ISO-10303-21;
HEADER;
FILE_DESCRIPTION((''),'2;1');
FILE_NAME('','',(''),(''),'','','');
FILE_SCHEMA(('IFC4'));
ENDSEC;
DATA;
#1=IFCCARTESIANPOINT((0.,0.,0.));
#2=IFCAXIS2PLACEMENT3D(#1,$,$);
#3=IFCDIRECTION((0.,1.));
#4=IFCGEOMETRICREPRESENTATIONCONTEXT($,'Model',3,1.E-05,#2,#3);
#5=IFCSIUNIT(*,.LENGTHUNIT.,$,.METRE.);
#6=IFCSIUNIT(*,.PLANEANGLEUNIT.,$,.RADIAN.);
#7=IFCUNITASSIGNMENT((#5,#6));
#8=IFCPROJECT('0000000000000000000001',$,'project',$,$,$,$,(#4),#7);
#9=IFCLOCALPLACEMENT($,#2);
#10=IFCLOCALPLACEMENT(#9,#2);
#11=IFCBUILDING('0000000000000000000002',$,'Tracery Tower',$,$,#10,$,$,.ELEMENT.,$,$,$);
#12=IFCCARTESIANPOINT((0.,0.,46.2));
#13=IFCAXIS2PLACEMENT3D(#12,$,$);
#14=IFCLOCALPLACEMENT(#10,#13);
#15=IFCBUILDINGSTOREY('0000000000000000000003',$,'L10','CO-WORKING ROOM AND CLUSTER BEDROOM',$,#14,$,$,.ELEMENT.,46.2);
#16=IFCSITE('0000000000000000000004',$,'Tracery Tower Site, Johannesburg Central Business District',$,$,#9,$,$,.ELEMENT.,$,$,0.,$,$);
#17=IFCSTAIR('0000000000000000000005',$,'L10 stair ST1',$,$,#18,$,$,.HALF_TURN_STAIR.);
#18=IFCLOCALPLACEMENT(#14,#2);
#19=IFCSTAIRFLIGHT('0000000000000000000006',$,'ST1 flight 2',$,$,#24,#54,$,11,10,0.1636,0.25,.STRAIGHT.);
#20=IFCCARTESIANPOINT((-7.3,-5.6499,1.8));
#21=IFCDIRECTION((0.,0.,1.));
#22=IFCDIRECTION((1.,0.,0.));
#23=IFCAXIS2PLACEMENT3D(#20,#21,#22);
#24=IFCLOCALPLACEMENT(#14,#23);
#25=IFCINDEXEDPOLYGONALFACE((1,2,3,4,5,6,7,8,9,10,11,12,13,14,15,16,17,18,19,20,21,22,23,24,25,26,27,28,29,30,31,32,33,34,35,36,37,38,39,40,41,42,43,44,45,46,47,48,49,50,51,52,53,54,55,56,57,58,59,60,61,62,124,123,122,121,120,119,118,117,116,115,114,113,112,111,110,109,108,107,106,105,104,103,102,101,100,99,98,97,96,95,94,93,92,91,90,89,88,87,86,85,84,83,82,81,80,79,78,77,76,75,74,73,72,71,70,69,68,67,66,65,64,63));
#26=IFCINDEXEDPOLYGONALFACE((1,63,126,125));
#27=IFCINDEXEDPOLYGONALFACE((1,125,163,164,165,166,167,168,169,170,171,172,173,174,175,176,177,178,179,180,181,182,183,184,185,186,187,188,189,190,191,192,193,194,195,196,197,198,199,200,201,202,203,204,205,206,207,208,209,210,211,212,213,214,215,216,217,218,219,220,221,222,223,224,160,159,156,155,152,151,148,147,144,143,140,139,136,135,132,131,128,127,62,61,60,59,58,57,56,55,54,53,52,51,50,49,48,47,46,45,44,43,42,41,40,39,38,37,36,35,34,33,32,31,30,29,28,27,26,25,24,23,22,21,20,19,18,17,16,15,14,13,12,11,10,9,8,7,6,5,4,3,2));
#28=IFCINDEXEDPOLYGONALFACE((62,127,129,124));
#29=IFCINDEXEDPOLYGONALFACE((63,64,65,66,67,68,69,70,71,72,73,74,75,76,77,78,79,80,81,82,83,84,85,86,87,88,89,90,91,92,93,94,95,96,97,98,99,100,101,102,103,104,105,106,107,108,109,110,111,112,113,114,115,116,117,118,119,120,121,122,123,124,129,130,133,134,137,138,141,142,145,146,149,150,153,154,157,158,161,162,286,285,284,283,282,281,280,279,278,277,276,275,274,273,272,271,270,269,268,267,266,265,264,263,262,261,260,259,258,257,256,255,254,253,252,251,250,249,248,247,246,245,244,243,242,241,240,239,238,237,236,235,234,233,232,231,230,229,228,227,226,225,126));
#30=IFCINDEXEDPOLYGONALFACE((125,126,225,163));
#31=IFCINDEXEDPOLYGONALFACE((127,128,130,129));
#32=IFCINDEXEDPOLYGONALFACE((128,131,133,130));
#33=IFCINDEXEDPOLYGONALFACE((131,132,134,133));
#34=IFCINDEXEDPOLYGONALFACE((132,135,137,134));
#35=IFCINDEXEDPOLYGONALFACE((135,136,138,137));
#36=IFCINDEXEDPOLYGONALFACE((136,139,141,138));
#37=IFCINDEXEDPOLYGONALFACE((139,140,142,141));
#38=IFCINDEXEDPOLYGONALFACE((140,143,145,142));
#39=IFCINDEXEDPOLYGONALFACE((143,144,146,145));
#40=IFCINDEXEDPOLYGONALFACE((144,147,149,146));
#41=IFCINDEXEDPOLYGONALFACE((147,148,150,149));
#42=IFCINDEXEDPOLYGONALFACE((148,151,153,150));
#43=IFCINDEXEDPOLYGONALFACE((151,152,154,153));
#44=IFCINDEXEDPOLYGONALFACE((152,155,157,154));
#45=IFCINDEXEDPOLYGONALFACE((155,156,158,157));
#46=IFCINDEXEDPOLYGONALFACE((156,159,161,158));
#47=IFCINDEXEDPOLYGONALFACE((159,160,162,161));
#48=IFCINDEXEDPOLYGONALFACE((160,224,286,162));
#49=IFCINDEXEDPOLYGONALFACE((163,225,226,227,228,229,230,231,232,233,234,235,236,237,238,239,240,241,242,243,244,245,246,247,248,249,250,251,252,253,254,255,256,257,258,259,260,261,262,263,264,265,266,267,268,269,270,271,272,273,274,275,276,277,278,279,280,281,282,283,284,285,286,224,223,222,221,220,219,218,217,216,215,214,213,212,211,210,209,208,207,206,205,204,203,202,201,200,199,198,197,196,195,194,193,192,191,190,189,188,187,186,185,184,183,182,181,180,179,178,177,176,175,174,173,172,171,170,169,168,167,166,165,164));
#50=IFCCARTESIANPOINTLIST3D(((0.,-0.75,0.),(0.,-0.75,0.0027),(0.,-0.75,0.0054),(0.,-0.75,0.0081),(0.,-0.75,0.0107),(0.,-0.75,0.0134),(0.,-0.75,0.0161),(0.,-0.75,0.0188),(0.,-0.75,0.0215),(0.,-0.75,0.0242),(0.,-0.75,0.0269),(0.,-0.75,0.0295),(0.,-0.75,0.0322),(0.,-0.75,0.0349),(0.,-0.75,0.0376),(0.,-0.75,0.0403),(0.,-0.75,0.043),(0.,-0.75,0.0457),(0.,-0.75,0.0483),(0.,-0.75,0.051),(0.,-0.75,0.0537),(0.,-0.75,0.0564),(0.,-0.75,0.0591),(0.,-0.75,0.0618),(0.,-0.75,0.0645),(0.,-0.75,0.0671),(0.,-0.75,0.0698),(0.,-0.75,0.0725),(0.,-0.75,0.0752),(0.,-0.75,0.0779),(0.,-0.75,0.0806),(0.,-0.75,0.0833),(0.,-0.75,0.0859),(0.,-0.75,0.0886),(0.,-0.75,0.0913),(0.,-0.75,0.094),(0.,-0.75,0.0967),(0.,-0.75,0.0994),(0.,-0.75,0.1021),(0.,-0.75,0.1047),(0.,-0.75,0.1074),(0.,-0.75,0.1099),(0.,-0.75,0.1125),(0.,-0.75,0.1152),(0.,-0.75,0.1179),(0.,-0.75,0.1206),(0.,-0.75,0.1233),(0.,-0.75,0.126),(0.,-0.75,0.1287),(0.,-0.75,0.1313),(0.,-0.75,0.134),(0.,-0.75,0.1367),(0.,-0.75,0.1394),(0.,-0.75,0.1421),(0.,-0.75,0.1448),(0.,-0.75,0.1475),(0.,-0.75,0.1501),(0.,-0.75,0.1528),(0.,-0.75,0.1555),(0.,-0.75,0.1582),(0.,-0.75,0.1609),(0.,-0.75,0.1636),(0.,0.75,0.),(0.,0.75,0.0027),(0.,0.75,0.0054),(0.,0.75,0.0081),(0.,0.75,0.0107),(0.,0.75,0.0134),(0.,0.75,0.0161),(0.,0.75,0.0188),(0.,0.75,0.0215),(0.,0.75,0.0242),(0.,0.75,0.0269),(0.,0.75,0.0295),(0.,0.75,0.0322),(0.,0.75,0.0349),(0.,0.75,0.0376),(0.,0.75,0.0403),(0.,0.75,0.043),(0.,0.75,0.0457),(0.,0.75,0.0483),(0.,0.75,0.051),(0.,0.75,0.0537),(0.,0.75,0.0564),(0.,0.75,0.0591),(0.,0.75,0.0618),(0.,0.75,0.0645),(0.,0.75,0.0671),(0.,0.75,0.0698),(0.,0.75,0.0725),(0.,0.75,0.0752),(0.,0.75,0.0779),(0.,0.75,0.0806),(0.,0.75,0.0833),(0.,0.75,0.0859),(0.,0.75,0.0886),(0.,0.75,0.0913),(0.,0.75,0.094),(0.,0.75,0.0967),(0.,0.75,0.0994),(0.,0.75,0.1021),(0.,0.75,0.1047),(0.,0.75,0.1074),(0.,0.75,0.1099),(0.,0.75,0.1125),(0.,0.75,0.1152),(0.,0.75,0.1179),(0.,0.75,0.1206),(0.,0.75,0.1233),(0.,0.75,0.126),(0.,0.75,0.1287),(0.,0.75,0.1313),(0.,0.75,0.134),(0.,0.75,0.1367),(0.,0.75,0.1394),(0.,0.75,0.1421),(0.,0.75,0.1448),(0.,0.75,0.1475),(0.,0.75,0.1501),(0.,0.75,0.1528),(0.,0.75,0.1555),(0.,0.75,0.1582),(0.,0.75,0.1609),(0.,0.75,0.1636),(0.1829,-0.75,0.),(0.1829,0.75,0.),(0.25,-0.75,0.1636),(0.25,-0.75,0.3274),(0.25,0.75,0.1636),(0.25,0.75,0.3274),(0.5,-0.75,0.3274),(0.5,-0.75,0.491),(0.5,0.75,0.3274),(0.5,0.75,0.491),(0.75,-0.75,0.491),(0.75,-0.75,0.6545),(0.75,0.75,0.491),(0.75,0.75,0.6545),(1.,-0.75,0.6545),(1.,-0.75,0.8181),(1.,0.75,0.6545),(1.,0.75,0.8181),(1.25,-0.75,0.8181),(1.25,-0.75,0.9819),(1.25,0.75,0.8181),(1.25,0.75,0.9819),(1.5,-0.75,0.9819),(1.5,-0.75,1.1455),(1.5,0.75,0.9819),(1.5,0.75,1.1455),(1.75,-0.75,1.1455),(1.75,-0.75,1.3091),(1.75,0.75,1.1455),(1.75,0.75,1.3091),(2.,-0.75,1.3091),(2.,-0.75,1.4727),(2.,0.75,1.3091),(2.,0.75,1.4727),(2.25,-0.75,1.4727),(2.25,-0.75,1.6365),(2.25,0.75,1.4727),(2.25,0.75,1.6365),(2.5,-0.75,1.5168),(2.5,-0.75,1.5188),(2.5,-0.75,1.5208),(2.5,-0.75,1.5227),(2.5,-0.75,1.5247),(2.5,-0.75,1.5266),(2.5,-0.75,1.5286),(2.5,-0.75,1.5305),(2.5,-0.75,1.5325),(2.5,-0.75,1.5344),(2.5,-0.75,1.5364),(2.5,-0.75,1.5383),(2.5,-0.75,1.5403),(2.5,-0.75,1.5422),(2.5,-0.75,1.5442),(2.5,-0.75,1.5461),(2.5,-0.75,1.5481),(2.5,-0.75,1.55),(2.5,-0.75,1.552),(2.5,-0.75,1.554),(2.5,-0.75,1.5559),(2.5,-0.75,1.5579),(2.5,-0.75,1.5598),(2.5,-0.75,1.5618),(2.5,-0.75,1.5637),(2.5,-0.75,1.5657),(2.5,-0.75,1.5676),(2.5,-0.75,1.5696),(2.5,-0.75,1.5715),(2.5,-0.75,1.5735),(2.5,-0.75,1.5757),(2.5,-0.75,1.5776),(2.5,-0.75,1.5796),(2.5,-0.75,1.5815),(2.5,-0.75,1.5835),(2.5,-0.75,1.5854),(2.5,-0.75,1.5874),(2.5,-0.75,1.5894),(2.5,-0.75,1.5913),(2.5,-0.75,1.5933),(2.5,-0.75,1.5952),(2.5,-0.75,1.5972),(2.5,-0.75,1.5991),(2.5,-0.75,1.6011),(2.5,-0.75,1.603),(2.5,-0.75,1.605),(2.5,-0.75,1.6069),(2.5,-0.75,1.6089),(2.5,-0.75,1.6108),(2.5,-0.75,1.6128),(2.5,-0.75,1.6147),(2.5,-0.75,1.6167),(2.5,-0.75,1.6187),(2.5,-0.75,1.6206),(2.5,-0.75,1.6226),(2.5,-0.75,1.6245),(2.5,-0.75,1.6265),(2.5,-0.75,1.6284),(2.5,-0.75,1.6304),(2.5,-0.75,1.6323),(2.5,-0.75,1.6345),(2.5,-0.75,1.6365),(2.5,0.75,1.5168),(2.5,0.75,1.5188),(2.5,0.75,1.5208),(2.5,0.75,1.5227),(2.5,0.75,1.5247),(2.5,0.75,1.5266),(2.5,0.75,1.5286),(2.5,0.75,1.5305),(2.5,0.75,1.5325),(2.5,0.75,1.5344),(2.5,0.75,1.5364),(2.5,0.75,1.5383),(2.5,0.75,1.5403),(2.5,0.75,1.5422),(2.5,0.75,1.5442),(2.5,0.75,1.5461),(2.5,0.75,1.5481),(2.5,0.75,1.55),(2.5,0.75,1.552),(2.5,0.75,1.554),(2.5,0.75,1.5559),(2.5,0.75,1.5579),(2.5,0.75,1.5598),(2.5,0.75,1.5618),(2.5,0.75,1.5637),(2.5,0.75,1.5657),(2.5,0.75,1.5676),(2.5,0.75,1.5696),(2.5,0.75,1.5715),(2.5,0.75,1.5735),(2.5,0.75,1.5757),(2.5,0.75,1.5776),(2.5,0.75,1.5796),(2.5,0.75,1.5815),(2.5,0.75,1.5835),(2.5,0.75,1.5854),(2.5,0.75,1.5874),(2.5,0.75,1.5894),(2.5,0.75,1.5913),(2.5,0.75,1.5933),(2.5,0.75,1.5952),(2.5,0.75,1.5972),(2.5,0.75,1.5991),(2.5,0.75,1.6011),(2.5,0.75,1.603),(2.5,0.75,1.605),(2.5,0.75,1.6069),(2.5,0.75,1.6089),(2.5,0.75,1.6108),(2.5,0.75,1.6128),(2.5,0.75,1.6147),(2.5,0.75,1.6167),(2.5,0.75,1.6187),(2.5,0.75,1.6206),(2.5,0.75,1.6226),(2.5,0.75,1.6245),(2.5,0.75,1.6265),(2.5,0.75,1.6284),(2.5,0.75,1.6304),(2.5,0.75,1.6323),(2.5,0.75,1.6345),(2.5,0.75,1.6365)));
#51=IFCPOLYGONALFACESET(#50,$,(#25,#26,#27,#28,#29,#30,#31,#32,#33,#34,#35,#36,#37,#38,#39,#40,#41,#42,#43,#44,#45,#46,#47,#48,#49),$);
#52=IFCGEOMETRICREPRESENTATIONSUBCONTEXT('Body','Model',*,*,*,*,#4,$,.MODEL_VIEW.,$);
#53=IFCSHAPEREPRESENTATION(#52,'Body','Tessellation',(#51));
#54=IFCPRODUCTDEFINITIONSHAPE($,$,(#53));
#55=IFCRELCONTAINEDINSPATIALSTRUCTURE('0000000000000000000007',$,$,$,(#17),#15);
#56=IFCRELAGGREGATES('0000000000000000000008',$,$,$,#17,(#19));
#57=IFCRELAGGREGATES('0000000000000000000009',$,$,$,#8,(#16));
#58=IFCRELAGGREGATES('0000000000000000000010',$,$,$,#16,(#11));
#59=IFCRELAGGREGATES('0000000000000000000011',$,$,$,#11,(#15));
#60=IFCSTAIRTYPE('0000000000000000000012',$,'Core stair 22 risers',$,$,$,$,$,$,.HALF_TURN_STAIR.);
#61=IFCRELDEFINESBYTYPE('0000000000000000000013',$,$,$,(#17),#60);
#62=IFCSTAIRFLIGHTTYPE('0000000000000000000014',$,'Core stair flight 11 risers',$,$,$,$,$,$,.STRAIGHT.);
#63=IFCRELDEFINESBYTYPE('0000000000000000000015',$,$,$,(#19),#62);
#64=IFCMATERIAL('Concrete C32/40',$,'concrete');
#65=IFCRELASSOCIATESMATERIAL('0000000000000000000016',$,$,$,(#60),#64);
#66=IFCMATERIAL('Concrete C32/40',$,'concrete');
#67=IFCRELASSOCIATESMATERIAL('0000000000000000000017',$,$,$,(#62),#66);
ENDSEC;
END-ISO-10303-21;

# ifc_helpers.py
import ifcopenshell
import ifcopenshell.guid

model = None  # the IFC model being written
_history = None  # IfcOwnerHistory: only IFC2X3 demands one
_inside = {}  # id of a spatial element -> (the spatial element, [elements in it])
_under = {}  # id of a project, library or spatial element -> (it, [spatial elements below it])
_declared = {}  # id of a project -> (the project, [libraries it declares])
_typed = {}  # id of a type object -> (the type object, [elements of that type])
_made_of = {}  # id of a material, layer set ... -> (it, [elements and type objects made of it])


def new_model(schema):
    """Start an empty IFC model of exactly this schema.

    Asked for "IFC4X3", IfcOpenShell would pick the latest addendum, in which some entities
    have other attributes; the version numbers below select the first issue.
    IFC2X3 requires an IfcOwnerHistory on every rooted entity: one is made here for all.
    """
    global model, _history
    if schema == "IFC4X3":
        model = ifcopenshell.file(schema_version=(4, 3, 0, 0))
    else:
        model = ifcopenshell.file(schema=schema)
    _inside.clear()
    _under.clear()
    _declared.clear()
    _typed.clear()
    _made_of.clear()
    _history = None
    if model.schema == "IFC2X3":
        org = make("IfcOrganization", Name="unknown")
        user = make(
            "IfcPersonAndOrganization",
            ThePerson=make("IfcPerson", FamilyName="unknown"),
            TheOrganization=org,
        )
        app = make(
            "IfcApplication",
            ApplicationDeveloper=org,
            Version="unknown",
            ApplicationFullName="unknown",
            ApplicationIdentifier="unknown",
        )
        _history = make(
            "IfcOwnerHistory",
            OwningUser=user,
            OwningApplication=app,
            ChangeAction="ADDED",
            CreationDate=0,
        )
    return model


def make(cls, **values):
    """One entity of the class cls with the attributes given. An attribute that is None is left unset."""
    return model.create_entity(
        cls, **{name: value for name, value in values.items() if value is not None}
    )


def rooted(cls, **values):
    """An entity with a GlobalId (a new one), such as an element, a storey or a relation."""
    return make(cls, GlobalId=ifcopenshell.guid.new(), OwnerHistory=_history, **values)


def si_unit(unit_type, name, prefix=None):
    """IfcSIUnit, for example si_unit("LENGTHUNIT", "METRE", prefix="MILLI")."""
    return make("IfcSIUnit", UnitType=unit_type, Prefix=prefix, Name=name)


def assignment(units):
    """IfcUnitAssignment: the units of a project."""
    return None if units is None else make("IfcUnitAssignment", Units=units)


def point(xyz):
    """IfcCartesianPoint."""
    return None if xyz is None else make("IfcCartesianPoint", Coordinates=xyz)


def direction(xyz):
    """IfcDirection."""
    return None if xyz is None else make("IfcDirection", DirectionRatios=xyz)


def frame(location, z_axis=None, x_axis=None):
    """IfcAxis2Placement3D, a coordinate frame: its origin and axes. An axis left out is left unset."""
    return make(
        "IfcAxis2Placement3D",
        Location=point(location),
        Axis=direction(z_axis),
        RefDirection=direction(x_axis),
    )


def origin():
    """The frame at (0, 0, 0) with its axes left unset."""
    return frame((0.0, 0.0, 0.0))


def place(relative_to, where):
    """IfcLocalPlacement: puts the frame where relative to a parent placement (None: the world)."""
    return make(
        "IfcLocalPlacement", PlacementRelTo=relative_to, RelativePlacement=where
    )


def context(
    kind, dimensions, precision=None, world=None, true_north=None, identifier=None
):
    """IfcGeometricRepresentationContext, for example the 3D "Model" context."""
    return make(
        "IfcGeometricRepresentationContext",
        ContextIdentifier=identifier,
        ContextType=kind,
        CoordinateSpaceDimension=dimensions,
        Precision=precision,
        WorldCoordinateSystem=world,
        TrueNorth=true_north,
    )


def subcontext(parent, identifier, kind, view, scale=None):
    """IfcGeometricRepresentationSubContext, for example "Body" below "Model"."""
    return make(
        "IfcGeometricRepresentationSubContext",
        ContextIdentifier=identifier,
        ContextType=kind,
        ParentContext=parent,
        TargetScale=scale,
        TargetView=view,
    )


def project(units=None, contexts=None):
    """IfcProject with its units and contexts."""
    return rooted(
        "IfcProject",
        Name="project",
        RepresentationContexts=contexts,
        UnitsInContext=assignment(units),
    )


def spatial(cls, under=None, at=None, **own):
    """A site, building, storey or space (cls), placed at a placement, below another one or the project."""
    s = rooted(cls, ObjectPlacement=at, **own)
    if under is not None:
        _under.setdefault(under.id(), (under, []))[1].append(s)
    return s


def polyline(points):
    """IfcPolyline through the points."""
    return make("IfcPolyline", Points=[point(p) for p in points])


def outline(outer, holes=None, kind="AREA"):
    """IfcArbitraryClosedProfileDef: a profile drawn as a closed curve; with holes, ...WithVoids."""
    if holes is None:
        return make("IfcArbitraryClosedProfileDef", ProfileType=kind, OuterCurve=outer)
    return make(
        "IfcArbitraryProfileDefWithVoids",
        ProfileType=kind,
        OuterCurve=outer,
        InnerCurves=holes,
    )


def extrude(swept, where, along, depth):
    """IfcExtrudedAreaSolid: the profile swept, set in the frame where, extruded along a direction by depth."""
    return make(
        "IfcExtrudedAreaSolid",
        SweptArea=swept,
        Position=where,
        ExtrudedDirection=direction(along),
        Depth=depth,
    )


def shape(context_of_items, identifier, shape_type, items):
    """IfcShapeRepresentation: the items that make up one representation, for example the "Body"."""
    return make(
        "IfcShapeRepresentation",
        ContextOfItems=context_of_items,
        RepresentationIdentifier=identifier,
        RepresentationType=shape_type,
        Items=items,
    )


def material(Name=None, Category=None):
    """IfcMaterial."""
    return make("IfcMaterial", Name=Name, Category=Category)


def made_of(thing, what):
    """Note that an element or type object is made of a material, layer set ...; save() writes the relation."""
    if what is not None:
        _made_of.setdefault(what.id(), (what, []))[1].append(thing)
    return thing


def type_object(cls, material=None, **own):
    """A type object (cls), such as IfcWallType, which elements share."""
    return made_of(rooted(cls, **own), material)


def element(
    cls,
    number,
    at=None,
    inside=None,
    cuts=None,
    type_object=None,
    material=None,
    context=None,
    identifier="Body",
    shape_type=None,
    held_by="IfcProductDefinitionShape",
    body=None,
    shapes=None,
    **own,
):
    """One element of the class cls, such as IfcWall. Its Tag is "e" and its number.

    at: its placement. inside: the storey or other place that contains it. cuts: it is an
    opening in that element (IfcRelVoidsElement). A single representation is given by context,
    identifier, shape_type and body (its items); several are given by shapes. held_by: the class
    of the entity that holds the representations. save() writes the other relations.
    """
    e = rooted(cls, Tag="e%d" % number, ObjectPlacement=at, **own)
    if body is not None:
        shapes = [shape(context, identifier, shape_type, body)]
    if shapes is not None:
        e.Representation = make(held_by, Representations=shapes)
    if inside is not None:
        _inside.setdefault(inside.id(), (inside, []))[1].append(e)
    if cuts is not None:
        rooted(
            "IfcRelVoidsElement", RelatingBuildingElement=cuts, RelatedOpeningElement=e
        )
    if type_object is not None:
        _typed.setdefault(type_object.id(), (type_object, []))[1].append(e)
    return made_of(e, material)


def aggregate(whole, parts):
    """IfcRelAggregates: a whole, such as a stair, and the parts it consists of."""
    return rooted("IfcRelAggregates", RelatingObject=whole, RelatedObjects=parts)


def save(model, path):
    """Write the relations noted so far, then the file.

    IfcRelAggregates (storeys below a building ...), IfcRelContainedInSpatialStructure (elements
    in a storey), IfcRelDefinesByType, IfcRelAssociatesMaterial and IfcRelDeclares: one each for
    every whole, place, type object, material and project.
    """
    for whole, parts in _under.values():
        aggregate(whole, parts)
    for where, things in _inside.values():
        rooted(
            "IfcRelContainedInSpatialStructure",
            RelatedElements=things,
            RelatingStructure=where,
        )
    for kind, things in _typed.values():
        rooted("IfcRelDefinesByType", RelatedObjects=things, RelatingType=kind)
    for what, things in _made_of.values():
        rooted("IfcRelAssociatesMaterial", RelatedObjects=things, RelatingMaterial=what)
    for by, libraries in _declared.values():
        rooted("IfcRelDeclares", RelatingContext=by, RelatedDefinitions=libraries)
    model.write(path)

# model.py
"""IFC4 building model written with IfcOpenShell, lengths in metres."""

from ifc_helpers import new_model, si_unit, direction, frame, origin, place, context, subcontext, project, spatial, polyline, outline, extrude, material, type_object, element, aggregate, save


model = new_model("IFC4")

# Units and contexts
model_context = context("Model", 3, precision=1e-05, world=origin(), true_north=direction((0.0, 1.0)))
body_context = subcontext(model_context, "Body", "Model", "MODEL_VIEW")
ifc_project = project(units=[si_unit("LENGTHUNIT", "METRE"), si_unit("PLANEANGLEUNIT", "RADIAN")], contexts=[model_context])

# Site, building, storey
site_placement = place(None, origin())
site = spatial("IfcSite", under=ifc_project, at=site_placement, Name="Tracery Tower Site, Johannesburg Central Business District", CompositionType="ELEMENT", RefElevation=0.0)
building_placement = place(site_placement, origin())
building = spatial("IfcBuilding", under=site, at=building_placement, Name="Tracery Tower", CompositionType="ELEMENT")
storey_placement = place(building_placement, frame((0.0, 0.0, 46.2)))
storey = spatial("IfcBuildingStorey", under=building, at=storey_placement, Name="L10", Description="CO-WORKING ROOM AND CLUSTER BEDROOM", CompositionType="ELEMENT", Elevation=46.2)

# Stair, stair flight
ifc_material_1 = material(Name="Concrete C32/40", Category="concrete")
stair_type = type_object("IfcStairType", Name="Core stair 22 risers", PredefinedType="HALF_TURN_STAIR", material=ifc_material_1)
stair_placement = place(storey_placement, origin())
stair = element("IfcStair", 1, at=stair_placement, inside=storey, type_object=stair_type, Name="L10 stair ST1", PredefinedType="HALF_TURN_STAIR")
ifc_material_2 = material(Name="Concrete C32/40", Category="concrete")
stair_flight_type = type_object("IfcStairFlightType", Name="Core stair flight 11 risers", PredefinedType="STRAIGHT", material=ifc_material_2)
stair_flight_placement = place(storey_placement, frame((-7.3, -5.6499, 1.8), z_axis=(0.0, 0.0, 1.0), x_axis=(1.0, 0.0, 0.0)))
stair_flight = element("IfcStairFlight", 2, at=stair_flight_placement, type_object=stair_flight_type, Name="ST1 flight 2", NumberOfRisers=11, NumberOfTreads=10, PredefinedType="STRAIGHT", RiserHeight=0.1636, TreadLength=0.25, context=body_context, shape_type="SweptSolid", body=[
    extrude(outline(polyline([(0.0, 0.0), (0.0, 0.0027), (0.0, 0.0054), (0.0, 0.0081), (0.0, 0.0107), (0.0, 0.0134), (0.0, 0.0161), (0.0, 0.0188), (0.0, 0.0215), (0.0, 0.0242), (0.0, 0.0269), (0.0, 0.0295), (0.0, 0.0322), (0.0, 0.0349), (0.0, 0.0376), (0.0, 0.0403), (0.0, 0.043), (0.0, 0.0457), (0.0, 0.0483), (0.0, 0.051), (0.0, 0.0537), (0.0, 0.0564), (0.0, 0.0591), (0.0, 0.0618), (0.0, 0.0645), (0.0, 0.0671), (0.0, 0.0698), (0.0, 0.0725), (0.0, 0.0752), (0.0, 0.0779), (0.0, 0.0806), (0.0, 0.0833), (0.0, 0.0859), (0.0, 0.0886), (0.0, 0.0913), (0.0, 0.094), (0.0, 0.0967), (0.0, 0.0994), (0.0, 0.1021), (0.0, 0.1047), (0.0, 0.1074), (0.0, 0.1099), (0.0, 0.1125), (0.0, 0.1152), (0.0, 0.1179), (0.0, 0.1206), (0.0, 0.1233), (0.0, 0.126), (0.0, 0.1287), (0.0, 0.1313), (0.0, 0.134), (0.0, 0.1367), (0.0, 0.1394), (0.0, 0.1421), (0.0, 0.1448), (0.0, 0.1475), (0.0, 0.1501), (0.0, 0.1528), (0.0, 0.1555), (0.0, 0.1582), (0.0, 0.1609), (0.0, 0.1636), (0.25, 0.1636), (0.25, 0.3274), (0.5, 0.3274), (0.5, 0.491), (0.75, 0.491), (0.75, 0.6545), (1.0, 0.6545), (1.0, 0.8181), (1.25, 0.8181), (1.25, 0.9819), (1.5, 0.9819), (1.5, 1.1455), (1.75, 1.1455), (1.75, 1.3091), (2.0, 1.3091), (2.0, 1.4727), (2.25, 1.4727), (2.25, 1.6365), (2.5, 1.6365), (2.5, 1.6345), (2.5, 1.6323), (2.5, 1.6304), (2.5, 1.6284), (2.5, 1.6265), (2.5, 1.6245), (2.5, 1.6226), (2.5, 1.6206), (2.5, 1.6187), (2.5, 1.6167), (2.5, 1.6147), (2.5, 1.6128), (2.5, 1.6108), (2.5, 1.6089), (2.5, 1.6069), (2.5, 1.605), (2.5, 1.603), (2.5, 1.6011), (2.5, 1.5991), (2.5, 1.5972), (2.5, 1.5952), (2.5, 1.5933), (2.5, 1.5913), (2.5, 1.5894), (2.5, 1.5874), (2.5, 1.5854), (2.5, 1.5835), (2.5, 1.5815), (2.5, 1.5796), (2.5, 1.5776), (2.5, 1.5757), (2.5, 1.5735), (2.5, 1.5715), (2.5, 1.5696), (2.5, 1.5676), (2.5, 1.5657), (2.5, 1.5637), (2.5, 1.5618), (2.5, 1.5598), (2.5, 1.5579), (2.5, 1.5559), (2.5, 1.554), (2.5, 1.552), (2.5, 1.55), (2.5, 1.5481), (2.5, 1.5461), (2.5, 1.5442), (2.5, 1.5422), (2.5, 1.5403), (2.5, 1.5383), (2.5, 1.5364), (2.5, 1.5344), (2.5, 1.5325), (2.5, 1.5305), (2.5, 1.5286), (2.5, 1.5266), (2.5, 1.5247), (2.5, 1.5227), (2.5, 1.5208), (2.5, 1.5188), (2.5, 1.5168), (0.1829, 0.0), (0.0, 0.0)])), frame((0.0, 0.75, 0.0), z_axis=(0.0, -1.0, 0.0), x_axis=(1.0, 0.0, 0.0)), (0.0, 0.0, 1.0), 1.5),
])
aggregate(stair, [stair_flight])

save(model, "model.ifc")
